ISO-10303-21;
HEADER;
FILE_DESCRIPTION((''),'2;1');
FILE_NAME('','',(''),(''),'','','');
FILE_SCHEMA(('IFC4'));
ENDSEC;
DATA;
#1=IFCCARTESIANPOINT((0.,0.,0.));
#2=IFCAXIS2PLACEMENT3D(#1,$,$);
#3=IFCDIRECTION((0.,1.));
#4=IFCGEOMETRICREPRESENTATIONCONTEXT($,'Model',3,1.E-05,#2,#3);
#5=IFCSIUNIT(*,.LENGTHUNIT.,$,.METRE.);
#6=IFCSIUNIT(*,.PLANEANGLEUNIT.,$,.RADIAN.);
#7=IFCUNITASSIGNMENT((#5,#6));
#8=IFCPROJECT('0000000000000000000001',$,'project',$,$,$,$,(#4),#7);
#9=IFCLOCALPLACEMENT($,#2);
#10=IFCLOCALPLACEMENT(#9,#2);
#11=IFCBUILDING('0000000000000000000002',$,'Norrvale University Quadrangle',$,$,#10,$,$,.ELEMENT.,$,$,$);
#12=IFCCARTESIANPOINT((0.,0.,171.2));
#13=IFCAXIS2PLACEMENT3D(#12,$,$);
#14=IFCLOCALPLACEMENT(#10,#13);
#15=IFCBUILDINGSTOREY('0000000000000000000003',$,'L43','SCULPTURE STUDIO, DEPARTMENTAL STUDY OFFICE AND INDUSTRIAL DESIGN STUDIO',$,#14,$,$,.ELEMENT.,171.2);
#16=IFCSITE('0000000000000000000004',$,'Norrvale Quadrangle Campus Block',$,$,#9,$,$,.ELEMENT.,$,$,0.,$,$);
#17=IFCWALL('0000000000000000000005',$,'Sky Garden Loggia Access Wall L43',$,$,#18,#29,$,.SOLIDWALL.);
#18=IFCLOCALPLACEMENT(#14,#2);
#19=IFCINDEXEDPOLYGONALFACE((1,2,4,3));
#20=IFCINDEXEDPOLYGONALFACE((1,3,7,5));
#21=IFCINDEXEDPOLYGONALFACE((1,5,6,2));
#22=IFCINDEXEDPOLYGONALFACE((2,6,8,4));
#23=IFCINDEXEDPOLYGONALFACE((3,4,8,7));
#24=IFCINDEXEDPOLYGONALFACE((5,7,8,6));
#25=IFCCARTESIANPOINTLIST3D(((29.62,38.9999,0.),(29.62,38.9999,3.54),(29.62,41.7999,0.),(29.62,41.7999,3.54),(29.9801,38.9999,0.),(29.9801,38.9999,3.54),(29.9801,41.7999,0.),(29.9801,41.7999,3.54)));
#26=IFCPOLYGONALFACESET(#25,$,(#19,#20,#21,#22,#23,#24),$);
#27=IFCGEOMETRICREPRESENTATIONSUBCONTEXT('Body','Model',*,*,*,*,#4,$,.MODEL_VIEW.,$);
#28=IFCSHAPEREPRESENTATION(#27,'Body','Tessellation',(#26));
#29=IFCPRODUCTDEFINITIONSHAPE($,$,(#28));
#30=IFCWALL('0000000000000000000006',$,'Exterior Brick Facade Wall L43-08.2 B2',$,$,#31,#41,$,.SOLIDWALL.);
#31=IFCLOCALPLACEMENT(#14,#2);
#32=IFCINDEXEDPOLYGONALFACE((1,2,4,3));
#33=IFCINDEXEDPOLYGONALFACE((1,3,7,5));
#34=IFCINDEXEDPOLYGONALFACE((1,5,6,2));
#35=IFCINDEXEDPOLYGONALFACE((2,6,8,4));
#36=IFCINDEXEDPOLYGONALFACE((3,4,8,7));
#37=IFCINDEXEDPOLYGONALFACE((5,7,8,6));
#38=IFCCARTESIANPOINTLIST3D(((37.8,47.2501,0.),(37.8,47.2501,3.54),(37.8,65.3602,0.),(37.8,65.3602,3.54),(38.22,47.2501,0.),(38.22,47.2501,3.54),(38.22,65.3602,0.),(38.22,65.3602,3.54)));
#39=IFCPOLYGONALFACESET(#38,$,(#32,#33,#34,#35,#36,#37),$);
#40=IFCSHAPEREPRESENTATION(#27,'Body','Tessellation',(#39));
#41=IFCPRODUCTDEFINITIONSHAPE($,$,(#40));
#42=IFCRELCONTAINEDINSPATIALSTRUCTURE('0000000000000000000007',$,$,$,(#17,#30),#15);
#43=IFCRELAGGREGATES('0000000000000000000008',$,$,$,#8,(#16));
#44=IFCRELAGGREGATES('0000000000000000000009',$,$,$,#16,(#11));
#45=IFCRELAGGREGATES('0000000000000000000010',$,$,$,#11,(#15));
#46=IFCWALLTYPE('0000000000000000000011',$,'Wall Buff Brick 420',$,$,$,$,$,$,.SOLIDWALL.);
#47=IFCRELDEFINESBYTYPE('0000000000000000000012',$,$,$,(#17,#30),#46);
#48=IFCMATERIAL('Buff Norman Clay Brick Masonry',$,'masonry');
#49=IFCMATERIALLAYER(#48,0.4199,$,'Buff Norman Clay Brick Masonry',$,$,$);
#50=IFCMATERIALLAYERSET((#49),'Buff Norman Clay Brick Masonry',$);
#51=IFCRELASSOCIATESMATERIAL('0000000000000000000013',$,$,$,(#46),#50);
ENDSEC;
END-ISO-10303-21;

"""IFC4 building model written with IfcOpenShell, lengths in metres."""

from ifc_helpers import new_model, si_unit, direction, frame, frame_2d, origin, place, context, subcontext, project, spatial, rectangle, extrude, material, layer, layer_set, type_object, element, save


model = new_model("IFC4")

# Units and contexts
model_context = context("Model", 3, precision=1e-05, world=origin(), true_north=direction((0.0, 1.0)))
body_context = subcontext(model_context, "Body", "Model", "MODEL_VIEW")
ifc_project = project(units=[si_unit("LENGTHUNIT", "METRE"), si_unit("PLANEANGLEUNIT", "RADIAN")], contexts=[model_context])

# Site, building, storey
site_placement = place(None, origin())
site = spatial("IfcSite", under=ifc_project, at=site_placement, Name="Norrvale Quadrangle Campus Block", CompositionType="ELEMENT", RefElevation=0.0)
building_placement = place(site_placement, origin())
building = spatial("IfcBuilding", under=site, at=building_placement, Name="Norrvale University Quadrangle", CompositionType="ELEMENT")
storey_placement = place(building_placement, frame((0.0, 0.0, 171.2)))
storey = spatial("IfcBuildingStorey", under=building, at=storey_placement, Name="L43", Description="SCULPTURE STUDIO, DEPARTMENTAL STUDY OFFICE AND INDUSTRIAL DESIGN STUDIO", CompositionType="ELEMENT", Elevation=171.2)

# Walls
ifc_material_1 = material(Name="Buff Norman Clay Brick Masonry", Category="masonry")
ifc_layer_1 = layer(ifc_material_1, 0.4199, Name="Buff Norman Clay Brick Masonry")
ifc_layer_set_1 = layer_set([ifc_layer_1], Name="Buff Norman Clay Brick Masonry")
wall_type = type_object("IfcWallType", Name="Wall Buff Brick 420", PredefinedType="SOLIDWALL", material=ifc_layer_set_1)
wall_1_placement = place(storey_placement, frame((29.8, 39.0, 0.0), z_axis=(0.0, 0.0, 1.0), x_axis=(0.0, 1.0, 0.0)))
element("IfcWall", 1, at=wall_1_placement, inside=storey, type_object=wall_type, Name="Sky Garden Loggia Access Wall L43", PredefinedType="SOLIDWALL", context=body_context, shape_type="SweptSolid", body=[
    extrude(rectangle(XDim=2.8, YDim=0.3601, at=frame_2d((1.3999, 0.0))), origin(), (0.0, 0.0, 1.0), 3.54),
])
wall_2_placement = place(storey_placement, frame((38.01, 47.25, 0.0), z_axis=(0.0, 0.0, 1.0), x_axis=(0.0, 1.0, 0.0)))
element("IfcWall", 2, at=wall_2_placement, inside=storey, type_object=wall_type, Name="Exterior Brick Facade Wall L43-08.2 B2", PredefinedType="SOLIDWALL", context=body_context, shape_type="SweptSolid", body=[
    extrude(rectangle(XDim=18.1101, YDim=0.4199, at=frame_2d((9.0552, 0.0))), origin(), (0.0, 0.0, 1.0), 3.54),
])

save(model, "model.ifc")
